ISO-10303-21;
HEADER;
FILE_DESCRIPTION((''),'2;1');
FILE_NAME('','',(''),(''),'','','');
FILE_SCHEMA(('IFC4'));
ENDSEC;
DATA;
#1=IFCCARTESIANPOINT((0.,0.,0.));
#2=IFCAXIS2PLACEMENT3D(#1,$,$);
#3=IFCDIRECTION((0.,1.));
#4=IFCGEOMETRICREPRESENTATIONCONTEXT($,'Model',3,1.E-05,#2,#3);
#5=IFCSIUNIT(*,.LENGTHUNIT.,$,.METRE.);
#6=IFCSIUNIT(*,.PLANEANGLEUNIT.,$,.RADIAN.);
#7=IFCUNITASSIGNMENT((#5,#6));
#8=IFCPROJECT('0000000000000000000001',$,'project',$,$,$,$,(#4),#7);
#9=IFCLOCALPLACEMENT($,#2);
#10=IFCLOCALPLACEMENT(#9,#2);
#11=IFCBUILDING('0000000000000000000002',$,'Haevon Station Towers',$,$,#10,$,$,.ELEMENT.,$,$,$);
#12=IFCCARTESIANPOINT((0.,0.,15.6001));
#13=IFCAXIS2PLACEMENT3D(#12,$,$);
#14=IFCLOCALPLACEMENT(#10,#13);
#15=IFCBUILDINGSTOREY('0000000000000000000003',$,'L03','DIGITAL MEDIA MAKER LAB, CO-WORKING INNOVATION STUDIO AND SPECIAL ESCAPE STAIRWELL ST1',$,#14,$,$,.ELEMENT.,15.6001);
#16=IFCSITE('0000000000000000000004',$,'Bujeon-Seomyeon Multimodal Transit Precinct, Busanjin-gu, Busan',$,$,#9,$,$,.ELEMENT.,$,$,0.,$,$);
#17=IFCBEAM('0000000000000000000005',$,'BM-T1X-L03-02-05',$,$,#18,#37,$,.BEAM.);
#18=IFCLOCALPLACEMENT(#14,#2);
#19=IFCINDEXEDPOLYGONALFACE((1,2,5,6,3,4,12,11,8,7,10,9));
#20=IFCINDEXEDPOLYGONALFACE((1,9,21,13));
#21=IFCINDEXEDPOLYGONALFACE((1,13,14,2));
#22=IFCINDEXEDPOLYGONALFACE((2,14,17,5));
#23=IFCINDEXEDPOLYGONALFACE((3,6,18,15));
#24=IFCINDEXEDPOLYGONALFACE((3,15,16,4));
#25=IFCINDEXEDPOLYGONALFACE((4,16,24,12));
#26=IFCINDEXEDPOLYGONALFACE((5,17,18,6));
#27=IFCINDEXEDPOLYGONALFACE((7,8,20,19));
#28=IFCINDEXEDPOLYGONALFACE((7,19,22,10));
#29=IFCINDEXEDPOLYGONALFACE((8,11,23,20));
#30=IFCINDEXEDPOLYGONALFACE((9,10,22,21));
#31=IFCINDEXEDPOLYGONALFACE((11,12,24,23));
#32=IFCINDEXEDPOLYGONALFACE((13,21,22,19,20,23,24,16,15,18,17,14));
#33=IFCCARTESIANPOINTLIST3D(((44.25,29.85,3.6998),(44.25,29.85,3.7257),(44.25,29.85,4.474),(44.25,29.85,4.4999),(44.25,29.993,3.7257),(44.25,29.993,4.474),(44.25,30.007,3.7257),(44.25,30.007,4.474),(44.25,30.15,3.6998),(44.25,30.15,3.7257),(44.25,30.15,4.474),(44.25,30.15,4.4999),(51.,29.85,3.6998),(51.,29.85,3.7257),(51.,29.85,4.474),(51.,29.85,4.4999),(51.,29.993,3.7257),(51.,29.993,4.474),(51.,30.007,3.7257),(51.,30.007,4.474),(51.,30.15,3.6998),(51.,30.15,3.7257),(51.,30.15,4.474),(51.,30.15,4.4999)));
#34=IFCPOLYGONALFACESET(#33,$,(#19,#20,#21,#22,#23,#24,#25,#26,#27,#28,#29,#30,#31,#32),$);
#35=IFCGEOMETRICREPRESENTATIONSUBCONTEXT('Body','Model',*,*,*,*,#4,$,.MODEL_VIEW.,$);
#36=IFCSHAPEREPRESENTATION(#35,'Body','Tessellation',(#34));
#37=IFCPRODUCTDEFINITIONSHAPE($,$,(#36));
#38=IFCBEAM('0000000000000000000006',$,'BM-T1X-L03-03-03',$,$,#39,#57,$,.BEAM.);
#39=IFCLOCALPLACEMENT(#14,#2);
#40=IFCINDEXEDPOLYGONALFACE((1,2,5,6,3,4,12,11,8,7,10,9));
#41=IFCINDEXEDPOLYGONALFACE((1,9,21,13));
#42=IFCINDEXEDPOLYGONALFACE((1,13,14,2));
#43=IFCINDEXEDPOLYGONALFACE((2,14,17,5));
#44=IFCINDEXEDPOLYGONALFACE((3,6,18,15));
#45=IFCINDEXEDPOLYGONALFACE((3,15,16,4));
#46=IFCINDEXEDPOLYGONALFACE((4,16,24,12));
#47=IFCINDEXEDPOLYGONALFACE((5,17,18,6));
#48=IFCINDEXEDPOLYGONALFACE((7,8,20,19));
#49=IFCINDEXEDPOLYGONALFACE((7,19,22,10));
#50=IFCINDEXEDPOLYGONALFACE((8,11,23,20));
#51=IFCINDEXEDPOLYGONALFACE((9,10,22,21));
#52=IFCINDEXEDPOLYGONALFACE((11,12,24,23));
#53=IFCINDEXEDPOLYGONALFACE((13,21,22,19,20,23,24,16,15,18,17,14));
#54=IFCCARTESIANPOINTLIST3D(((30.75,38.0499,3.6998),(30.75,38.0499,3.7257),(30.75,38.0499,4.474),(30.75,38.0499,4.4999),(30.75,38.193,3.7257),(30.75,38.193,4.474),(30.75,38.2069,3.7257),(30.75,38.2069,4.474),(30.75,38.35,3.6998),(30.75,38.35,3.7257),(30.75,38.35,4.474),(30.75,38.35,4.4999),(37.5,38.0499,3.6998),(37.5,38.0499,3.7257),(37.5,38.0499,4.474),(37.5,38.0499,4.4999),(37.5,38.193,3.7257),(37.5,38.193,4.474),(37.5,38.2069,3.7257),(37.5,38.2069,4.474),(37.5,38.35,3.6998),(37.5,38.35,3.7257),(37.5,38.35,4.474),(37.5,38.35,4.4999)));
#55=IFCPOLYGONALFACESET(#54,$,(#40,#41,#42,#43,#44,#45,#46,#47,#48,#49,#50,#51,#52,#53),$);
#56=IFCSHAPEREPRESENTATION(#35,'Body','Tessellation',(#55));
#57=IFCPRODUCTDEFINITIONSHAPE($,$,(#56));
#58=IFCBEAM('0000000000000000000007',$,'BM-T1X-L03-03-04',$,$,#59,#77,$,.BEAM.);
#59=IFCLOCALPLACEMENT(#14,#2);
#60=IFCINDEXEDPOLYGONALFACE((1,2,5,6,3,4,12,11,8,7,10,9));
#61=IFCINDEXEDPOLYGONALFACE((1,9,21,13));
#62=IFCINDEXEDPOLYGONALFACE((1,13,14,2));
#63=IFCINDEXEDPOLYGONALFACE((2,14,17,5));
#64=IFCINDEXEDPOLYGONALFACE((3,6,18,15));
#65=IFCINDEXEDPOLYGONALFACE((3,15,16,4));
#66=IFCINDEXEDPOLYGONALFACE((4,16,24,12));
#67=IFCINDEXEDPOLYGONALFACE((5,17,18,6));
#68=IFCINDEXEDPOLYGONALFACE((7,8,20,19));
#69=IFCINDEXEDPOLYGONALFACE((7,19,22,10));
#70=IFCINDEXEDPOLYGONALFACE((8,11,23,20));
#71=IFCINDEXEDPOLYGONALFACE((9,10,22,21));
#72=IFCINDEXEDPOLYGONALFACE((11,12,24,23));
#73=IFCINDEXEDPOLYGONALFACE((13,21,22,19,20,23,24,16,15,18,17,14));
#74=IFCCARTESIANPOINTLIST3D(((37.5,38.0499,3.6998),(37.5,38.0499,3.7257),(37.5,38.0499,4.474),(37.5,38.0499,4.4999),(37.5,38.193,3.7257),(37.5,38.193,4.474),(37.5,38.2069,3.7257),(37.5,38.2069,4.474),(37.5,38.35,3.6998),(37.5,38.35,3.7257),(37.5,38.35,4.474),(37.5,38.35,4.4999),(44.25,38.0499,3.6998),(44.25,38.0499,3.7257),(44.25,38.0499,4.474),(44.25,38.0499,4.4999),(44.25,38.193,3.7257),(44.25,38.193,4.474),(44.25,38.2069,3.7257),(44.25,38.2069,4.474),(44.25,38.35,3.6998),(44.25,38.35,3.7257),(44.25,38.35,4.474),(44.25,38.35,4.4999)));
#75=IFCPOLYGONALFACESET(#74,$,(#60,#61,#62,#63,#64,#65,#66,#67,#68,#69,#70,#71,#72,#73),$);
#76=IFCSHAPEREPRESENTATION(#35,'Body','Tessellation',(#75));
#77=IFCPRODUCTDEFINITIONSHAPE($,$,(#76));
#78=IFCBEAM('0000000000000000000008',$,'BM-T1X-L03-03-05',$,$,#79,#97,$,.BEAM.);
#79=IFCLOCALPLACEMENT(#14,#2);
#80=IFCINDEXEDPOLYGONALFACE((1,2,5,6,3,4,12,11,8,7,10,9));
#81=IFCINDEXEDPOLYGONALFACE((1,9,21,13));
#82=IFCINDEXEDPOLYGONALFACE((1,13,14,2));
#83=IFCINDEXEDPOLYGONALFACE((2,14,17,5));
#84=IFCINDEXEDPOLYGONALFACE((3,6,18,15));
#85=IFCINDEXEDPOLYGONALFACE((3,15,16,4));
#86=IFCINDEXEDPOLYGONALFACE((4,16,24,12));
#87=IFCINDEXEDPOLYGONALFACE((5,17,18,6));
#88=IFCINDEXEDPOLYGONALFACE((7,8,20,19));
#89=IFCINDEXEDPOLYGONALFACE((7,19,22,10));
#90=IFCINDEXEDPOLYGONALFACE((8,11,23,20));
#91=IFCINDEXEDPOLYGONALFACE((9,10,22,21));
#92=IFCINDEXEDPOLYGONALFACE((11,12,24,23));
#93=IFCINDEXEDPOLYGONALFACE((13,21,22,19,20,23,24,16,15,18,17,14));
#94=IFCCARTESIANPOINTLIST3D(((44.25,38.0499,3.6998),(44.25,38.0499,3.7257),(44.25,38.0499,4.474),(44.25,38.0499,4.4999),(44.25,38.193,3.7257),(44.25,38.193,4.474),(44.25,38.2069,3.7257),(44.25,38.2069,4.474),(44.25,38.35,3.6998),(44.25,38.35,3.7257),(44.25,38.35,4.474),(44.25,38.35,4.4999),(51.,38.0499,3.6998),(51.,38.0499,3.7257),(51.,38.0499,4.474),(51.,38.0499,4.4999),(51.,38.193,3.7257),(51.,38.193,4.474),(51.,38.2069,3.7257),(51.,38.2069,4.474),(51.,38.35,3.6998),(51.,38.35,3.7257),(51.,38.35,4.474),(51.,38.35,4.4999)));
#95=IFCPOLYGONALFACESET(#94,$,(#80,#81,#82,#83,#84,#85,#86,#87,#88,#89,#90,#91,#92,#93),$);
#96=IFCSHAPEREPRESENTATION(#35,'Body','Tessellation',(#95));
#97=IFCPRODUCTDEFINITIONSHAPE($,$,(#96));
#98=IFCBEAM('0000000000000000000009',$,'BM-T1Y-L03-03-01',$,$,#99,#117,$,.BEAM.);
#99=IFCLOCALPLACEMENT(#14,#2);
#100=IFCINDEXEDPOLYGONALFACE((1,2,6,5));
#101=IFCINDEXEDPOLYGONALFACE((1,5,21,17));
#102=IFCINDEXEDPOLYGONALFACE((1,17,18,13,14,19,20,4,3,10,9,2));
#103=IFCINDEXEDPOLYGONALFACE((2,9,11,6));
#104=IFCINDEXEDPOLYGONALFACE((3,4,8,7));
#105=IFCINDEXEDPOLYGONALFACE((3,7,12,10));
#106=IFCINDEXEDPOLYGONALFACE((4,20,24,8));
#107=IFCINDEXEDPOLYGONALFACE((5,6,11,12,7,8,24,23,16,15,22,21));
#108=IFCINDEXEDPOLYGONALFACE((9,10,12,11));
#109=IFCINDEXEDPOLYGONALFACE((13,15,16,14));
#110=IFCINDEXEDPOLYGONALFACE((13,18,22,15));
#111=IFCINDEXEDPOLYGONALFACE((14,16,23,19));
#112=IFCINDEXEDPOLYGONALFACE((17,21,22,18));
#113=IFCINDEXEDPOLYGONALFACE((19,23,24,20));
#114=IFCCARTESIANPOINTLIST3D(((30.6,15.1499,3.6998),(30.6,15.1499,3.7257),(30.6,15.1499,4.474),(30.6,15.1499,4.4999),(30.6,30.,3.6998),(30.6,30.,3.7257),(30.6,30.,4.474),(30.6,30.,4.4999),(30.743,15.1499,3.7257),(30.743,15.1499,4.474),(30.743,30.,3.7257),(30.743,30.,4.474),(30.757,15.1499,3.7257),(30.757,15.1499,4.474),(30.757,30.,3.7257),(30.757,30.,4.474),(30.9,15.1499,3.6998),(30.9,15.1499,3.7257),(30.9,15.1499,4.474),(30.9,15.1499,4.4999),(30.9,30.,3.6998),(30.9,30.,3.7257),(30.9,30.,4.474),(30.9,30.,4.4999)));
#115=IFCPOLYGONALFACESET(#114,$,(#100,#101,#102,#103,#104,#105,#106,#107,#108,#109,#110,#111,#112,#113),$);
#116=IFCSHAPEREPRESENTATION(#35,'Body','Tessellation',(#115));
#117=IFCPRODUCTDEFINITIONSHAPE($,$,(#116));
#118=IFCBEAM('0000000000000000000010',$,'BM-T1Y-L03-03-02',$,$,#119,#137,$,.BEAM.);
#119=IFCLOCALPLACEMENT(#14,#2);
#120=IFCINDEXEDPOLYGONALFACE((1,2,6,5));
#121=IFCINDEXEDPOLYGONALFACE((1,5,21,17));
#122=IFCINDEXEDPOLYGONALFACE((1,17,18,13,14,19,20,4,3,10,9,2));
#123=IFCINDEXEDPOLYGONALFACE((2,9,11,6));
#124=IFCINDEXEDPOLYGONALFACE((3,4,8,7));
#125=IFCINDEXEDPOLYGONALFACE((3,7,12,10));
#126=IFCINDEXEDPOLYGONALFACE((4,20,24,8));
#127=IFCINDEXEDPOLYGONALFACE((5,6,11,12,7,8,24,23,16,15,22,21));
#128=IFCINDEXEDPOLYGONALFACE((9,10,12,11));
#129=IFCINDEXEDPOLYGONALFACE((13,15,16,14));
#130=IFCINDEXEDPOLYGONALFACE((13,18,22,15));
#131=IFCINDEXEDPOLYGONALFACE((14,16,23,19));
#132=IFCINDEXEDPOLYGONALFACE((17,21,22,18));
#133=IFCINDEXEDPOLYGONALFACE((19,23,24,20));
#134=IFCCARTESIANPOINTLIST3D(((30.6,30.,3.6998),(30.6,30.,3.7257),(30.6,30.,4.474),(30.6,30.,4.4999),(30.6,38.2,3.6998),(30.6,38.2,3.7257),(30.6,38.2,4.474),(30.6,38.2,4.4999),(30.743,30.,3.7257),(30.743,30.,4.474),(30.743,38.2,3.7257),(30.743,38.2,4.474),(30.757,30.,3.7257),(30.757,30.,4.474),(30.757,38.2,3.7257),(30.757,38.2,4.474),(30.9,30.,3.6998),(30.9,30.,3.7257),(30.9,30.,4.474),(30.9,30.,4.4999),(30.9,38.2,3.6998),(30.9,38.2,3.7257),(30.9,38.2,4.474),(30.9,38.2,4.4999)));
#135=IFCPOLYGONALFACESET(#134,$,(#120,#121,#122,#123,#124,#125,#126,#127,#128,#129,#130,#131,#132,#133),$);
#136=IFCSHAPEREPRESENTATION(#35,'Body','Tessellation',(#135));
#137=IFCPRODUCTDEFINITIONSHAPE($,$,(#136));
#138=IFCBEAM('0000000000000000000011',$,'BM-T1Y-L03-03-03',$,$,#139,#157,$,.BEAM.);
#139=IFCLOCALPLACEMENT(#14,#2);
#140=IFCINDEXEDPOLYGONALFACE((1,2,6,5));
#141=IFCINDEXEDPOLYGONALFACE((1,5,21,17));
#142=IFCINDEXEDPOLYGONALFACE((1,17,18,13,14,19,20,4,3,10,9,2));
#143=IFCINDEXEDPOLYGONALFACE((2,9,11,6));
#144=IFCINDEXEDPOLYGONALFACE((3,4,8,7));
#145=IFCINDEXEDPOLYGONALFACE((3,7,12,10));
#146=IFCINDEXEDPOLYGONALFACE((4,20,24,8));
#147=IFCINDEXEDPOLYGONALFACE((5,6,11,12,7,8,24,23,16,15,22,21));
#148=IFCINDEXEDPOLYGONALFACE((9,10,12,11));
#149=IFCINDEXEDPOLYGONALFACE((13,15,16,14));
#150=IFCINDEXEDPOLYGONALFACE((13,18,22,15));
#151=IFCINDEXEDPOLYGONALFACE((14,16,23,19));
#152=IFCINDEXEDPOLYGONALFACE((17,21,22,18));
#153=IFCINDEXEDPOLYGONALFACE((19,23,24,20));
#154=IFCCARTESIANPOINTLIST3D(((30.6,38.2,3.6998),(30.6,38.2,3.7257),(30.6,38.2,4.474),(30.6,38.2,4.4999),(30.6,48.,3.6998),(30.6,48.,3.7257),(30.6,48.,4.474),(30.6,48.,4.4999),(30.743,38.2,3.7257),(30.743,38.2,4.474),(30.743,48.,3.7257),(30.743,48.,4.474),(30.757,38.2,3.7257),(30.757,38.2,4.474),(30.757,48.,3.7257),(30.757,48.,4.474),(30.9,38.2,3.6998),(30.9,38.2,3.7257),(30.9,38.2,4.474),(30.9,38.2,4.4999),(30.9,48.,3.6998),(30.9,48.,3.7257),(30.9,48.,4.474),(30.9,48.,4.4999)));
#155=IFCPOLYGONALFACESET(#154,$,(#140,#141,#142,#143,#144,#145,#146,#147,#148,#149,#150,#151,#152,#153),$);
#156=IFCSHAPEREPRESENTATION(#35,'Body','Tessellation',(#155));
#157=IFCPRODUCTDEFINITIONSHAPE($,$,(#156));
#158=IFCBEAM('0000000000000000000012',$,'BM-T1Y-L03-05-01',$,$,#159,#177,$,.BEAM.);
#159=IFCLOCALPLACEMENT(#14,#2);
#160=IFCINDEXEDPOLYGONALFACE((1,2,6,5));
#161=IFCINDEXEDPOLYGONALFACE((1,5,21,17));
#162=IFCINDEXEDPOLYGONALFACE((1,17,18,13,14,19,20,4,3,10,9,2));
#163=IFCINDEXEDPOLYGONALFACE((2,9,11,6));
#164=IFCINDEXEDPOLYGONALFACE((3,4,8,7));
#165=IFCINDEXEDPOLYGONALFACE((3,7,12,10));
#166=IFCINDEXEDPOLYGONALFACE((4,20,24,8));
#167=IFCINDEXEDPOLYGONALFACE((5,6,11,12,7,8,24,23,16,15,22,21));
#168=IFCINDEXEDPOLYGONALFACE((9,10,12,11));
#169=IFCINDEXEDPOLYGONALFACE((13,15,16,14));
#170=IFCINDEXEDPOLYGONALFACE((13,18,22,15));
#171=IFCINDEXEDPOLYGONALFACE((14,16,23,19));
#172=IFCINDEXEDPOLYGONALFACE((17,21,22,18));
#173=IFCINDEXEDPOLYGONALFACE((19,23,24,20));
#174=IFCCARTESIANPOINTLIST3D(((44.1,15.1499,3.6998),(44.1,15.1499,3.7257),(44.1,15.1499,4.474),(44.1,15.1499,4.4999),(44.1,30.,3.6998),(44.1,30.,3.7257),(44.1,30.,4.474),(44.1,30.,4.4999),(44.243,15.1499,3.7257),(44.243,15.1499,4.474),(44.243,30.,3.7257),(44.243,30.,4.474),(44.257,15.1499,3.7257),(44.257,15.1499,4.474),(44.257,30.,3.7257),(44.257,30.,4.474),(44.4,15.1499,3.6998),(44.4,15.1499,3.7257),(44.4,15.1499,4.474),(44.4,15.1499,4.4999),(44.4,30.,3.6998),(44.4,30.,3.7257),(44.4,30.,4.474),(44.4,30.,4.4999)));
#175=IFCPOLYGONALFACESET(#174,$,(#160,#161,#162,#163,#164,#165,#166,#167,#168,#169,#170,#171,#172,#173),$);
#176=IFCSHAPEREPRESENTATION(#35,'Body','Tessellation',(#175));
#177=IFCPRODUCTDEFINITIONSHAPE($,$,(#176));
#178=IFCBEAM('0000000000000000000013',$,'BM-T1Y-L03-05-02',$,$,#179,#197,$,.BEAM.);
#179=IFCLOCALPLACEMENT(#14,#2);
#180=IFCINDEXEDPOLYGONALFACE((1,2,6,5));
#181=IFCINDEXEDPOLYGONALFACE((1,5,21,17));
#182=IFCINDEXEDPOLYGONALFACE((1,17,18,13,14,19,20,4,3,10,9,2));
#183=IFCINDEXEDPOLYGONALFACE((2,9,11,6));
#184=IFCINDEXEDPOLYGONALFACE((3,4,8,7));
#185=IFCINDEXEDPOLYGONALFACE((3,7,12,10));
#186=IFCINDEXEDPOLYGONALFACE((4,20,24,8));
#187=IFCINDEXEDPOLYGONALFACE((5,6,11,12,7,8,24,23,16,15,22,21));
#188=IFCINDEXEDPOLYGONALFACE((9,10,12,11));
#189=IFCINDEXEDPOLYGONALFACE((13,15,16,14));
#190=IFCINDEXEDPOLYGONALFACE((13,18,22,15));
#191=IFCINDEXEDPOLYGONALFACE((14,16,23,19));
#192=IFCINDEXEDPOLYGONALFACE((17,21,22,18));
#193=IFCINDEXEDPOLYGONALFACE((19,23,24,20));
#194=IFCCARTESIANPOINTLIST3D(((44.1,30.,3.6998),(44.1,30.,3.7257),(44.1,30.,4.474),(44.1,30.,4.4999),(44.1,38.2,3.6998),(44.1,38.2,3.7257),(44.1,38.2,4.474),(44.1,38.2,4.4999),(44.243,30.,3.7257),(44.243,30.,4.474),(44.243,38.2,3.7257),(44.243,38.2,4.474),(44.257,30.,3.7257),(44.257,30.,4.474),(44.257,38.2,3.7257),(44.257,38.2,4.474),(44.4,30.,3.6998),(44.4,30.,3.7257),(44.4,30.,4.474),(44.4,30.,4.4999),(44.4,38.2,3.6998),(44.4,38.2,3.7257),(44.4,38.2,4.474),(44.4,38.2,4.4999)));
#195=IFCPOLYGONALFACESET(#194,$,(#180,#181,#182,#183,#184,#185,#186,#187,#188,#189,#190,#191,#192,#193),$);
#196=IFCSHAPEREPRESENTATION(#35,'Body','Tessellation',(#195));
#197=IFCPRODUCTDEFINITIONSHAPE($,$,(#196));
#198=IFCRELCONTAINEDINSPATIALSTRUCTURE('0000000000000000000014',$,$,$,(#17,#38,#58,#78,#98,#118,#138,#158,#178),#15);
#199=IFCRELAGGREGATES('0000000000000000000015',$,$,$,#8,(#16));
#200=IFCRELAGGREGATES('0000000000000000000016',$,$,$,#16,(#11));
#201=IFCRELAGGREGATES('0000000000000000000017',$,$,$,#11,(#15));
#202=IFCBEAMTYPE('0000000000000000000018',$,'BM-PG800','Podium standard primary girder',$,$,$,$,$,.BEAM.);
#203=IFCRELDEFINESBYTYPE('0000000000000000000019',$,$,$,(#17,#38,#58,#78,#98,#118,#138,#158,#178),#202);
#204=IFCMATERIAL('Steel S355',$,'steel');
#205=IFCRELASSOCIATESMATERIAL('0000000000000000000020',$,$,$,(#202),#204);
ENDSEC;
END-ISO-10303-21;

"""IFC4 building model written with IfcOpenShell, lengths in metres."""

from ifc_helpers import new_model, si_unit, direction, frame, origin, origin_2d, place, context, subcontext, project, spatial, i_section, extrude, material, material_profile, profile_set, type_object, element, save


model = new_model("IFC4")

# Units and contexts
model_context = context("Model", 3, precision=1e-05, world=origin(), true_north=direction((0.0, 1.0)))
body_context = subcontext(model_context, "Body", "Model", "MODEL_VIEW")
ifc_project = project(units=[si_unit("LENGTHUNIT", "METRE"), si_unit("PLANEANGLEUNIT", "RADIAN")], contexts=[model_context])

# Site, building, storey
site_placement = place(None, origin())
site = spatial("IfcSite", under=ifc_project, at=site_placement, Name="Bujeon-Seomyeon Multimodal Transit Precinct, Busanjin-gu, Busan", CompositionType="ELEMENT", RefElevation=0.0)
building_placement = place(site_placement, origin())
building = spatial("IfcBuilding", under=site, at=building_placement, Name="Haevon Station Towers", CompositionType="ELEMENT")
storey_placement = place(building_placement, frame((0.0, 0.0, 15.6001)))
storey = spatial("IfcBuildingStorey", under=building, at=storey_placement, Name="L03", Description="DIGITAL MEDIA MAKER LAB, CO-WORKING INNOVATION STUDIO AND SPECIAL ESCAPE STAIRWELL ST1", CompositionType="ELEMENT", Elevation=15.6001)

# Beams
ifc_material_1 = material(Name="Steel S355", Category="steel")
ifc_material_profile_1 = material_profile(ifc_material_1, i_section(OverallWidth=0.3, OverallDepth=0.8, WebThickness=0.0139, FlangeThickness=0.0259, at=origin_2d()), Name="H-800x300x14x26")
ifc_profile_set_1 = profile_set([ifc_material_profile_1], Name="Steel S355")
beam_type_1 = type_object("IfcBeamType", Name="BM-PG800", Description="Podium standard primary girder", PredefinedType="BEAM", material=ifc_profile_set_1)
for number, where, z_axis, x_axis, name in (
    (1, (44.25, 30.0, 4.0999), (1.0, 0.0, 0.0), (0.0, 1.0, 0.0), "BM-T1X-L03-02-05"),
    (2, (30.75, 38.2, 4.0999), (1.0, 0.0, 0.0), (0.0, 1.0, 0.0), "BM-T1X-L03-03-03"),
    (3, (37.5, 38.2, 4.0999), (1.0, 0.0, 0.0), (0.0, 1.0, 0.0), "BM-T1X-L03-03-04"),
    (4, (44.25, 38.2, 4.0999), (1.0, 0.0, 0.0), (0.0, 1.0, 0.0), "BM-T1X-L03-03-05"),
):
    element("IfcBeam", number, at=place(storey_placement, frame(where, z_axis=z_axis, x_axis=x_axis)), inside=storey, type_object=beam_type_1, Name=name, PredefinedType="BEAM", context=body_context, shape_type="SweptSolid", body=[
        extrude(i_section(OverallWidth=0.3, OverallDepth=0.8, WebThickness=0.0139, FlangeThickness=0.0259, at=origin_2d()), origin(), (0.0, 0.0, 1.0), 6.75),
    ])
beam_1_placement = place(storey_placement, frame((30.75, 15.1499, 4.0999), z_axis=(0.0, 1.0, 0.0), x_axis=(-1.0, 0.0, 0.0)))
element("IfcBeam", 5, at=beam_1_placement, inside=storey, type_object=beam_type_1, Name="BM-T1Y-L03-03-01", PredefinedType="BEAM", context=body_context, shape_type="SweptSolid", body=[
    extrude(i_section(OverallWidth=0.3, OverallDepth=0.8, WebThickness=0.0139, FlangeThickness=0.0259, at=origin_2d()), origin(), (0.0, 0.0, 1.0), 14.8501),
])
beam_2_placement = place(storey_placement, frame((30.75, 30.0, 4.0999), z_axis=(0.0, 1.0, 0.0), x_axis=(-1.0, 0.0, 0.0)))
element("IfcBeam", 6, at=beam_2_placement, inside=storey, type_object=beam_type_1, Name="BM-T1Y-L03-03-02", PredefinedType="BEAM", context=body_context, shape_type="SweptSolid", body=[
    extrude(i_section(OverallWidth=0.3, OverallDepth=0.8, WebThickness=0.0139, FlangeThickness=0.0259, at=origin_2d()), origin(), (0.0, 0.0, 1.0), 8.2),
])
beam_3_placement = place(storey_placement, frame((30.75, 38.2, 4.0999), z_axis=(0.0, 1.0, 0.0), x_axis=(-1.0, 0.0, 0.0)))
element("IfcBeam", 7, at=beam_3_placement, inside=storey, type_object=beam_type_1, Name="BM-T1Y-L03-03-03", PredefinedType="BEAM", context=body_context, shape_type="SweptSolid", body=[
    extrude(i_section(OverallWidth=0.3, OverallDepth=0.8, WebThickness=0.0139, FlangeThickness=0.0259, at=origin_2d()), origin(), (0.0, 0.0, 1.0), 9.8),
])
beam_4_placement = place(storey_placement, frame((44.25, 15.1499, 4.0999), z_axis=(0.0, 1.0, 0.0), x_axis=(-1.0, 0.0, 0.0)))
element("IfcBeam", 8, at=beam_4_placement, inside=storey, type_object=beam_type_1, Name="BM-T1Y-L03-05-01", PredefinedType="BEAM", context=body_context, shape_type="SweptSolid", body=[
    extrude(i_section(OverallWidth=0.3, OverallDepth=0.8, WebThickness=0.0139, FlangeThickness=0.0259, at=origin_2d()), origin(), (0.0, 0.0, 1.0), 14.8501),
])
beam_5_placement = place(storey_placement, frame((44.25, 30.0, 4.0999), z_axis=(0.0, 1.0, 0.0), x_axis=(-1.0, 0.0, 0.0)))
element("IfcBeam", 9, at=beam_5_placement, inside=storey, type_object=beam_type_1, Name="BM-T1Y-L03-05-02", PredefinedType="BEAM", context=body_context, shape_type="SweptSolid", body=[
    extrude(i_section(OverallWidth=0.3, OverallDepth=0.8, WebThickness=0.0139, FlangeThickness=0.0259, at=origin_2d()), origin(), (0.0, 0.0, 1.0), 8.2),
])

save(model, "model.ifc")
